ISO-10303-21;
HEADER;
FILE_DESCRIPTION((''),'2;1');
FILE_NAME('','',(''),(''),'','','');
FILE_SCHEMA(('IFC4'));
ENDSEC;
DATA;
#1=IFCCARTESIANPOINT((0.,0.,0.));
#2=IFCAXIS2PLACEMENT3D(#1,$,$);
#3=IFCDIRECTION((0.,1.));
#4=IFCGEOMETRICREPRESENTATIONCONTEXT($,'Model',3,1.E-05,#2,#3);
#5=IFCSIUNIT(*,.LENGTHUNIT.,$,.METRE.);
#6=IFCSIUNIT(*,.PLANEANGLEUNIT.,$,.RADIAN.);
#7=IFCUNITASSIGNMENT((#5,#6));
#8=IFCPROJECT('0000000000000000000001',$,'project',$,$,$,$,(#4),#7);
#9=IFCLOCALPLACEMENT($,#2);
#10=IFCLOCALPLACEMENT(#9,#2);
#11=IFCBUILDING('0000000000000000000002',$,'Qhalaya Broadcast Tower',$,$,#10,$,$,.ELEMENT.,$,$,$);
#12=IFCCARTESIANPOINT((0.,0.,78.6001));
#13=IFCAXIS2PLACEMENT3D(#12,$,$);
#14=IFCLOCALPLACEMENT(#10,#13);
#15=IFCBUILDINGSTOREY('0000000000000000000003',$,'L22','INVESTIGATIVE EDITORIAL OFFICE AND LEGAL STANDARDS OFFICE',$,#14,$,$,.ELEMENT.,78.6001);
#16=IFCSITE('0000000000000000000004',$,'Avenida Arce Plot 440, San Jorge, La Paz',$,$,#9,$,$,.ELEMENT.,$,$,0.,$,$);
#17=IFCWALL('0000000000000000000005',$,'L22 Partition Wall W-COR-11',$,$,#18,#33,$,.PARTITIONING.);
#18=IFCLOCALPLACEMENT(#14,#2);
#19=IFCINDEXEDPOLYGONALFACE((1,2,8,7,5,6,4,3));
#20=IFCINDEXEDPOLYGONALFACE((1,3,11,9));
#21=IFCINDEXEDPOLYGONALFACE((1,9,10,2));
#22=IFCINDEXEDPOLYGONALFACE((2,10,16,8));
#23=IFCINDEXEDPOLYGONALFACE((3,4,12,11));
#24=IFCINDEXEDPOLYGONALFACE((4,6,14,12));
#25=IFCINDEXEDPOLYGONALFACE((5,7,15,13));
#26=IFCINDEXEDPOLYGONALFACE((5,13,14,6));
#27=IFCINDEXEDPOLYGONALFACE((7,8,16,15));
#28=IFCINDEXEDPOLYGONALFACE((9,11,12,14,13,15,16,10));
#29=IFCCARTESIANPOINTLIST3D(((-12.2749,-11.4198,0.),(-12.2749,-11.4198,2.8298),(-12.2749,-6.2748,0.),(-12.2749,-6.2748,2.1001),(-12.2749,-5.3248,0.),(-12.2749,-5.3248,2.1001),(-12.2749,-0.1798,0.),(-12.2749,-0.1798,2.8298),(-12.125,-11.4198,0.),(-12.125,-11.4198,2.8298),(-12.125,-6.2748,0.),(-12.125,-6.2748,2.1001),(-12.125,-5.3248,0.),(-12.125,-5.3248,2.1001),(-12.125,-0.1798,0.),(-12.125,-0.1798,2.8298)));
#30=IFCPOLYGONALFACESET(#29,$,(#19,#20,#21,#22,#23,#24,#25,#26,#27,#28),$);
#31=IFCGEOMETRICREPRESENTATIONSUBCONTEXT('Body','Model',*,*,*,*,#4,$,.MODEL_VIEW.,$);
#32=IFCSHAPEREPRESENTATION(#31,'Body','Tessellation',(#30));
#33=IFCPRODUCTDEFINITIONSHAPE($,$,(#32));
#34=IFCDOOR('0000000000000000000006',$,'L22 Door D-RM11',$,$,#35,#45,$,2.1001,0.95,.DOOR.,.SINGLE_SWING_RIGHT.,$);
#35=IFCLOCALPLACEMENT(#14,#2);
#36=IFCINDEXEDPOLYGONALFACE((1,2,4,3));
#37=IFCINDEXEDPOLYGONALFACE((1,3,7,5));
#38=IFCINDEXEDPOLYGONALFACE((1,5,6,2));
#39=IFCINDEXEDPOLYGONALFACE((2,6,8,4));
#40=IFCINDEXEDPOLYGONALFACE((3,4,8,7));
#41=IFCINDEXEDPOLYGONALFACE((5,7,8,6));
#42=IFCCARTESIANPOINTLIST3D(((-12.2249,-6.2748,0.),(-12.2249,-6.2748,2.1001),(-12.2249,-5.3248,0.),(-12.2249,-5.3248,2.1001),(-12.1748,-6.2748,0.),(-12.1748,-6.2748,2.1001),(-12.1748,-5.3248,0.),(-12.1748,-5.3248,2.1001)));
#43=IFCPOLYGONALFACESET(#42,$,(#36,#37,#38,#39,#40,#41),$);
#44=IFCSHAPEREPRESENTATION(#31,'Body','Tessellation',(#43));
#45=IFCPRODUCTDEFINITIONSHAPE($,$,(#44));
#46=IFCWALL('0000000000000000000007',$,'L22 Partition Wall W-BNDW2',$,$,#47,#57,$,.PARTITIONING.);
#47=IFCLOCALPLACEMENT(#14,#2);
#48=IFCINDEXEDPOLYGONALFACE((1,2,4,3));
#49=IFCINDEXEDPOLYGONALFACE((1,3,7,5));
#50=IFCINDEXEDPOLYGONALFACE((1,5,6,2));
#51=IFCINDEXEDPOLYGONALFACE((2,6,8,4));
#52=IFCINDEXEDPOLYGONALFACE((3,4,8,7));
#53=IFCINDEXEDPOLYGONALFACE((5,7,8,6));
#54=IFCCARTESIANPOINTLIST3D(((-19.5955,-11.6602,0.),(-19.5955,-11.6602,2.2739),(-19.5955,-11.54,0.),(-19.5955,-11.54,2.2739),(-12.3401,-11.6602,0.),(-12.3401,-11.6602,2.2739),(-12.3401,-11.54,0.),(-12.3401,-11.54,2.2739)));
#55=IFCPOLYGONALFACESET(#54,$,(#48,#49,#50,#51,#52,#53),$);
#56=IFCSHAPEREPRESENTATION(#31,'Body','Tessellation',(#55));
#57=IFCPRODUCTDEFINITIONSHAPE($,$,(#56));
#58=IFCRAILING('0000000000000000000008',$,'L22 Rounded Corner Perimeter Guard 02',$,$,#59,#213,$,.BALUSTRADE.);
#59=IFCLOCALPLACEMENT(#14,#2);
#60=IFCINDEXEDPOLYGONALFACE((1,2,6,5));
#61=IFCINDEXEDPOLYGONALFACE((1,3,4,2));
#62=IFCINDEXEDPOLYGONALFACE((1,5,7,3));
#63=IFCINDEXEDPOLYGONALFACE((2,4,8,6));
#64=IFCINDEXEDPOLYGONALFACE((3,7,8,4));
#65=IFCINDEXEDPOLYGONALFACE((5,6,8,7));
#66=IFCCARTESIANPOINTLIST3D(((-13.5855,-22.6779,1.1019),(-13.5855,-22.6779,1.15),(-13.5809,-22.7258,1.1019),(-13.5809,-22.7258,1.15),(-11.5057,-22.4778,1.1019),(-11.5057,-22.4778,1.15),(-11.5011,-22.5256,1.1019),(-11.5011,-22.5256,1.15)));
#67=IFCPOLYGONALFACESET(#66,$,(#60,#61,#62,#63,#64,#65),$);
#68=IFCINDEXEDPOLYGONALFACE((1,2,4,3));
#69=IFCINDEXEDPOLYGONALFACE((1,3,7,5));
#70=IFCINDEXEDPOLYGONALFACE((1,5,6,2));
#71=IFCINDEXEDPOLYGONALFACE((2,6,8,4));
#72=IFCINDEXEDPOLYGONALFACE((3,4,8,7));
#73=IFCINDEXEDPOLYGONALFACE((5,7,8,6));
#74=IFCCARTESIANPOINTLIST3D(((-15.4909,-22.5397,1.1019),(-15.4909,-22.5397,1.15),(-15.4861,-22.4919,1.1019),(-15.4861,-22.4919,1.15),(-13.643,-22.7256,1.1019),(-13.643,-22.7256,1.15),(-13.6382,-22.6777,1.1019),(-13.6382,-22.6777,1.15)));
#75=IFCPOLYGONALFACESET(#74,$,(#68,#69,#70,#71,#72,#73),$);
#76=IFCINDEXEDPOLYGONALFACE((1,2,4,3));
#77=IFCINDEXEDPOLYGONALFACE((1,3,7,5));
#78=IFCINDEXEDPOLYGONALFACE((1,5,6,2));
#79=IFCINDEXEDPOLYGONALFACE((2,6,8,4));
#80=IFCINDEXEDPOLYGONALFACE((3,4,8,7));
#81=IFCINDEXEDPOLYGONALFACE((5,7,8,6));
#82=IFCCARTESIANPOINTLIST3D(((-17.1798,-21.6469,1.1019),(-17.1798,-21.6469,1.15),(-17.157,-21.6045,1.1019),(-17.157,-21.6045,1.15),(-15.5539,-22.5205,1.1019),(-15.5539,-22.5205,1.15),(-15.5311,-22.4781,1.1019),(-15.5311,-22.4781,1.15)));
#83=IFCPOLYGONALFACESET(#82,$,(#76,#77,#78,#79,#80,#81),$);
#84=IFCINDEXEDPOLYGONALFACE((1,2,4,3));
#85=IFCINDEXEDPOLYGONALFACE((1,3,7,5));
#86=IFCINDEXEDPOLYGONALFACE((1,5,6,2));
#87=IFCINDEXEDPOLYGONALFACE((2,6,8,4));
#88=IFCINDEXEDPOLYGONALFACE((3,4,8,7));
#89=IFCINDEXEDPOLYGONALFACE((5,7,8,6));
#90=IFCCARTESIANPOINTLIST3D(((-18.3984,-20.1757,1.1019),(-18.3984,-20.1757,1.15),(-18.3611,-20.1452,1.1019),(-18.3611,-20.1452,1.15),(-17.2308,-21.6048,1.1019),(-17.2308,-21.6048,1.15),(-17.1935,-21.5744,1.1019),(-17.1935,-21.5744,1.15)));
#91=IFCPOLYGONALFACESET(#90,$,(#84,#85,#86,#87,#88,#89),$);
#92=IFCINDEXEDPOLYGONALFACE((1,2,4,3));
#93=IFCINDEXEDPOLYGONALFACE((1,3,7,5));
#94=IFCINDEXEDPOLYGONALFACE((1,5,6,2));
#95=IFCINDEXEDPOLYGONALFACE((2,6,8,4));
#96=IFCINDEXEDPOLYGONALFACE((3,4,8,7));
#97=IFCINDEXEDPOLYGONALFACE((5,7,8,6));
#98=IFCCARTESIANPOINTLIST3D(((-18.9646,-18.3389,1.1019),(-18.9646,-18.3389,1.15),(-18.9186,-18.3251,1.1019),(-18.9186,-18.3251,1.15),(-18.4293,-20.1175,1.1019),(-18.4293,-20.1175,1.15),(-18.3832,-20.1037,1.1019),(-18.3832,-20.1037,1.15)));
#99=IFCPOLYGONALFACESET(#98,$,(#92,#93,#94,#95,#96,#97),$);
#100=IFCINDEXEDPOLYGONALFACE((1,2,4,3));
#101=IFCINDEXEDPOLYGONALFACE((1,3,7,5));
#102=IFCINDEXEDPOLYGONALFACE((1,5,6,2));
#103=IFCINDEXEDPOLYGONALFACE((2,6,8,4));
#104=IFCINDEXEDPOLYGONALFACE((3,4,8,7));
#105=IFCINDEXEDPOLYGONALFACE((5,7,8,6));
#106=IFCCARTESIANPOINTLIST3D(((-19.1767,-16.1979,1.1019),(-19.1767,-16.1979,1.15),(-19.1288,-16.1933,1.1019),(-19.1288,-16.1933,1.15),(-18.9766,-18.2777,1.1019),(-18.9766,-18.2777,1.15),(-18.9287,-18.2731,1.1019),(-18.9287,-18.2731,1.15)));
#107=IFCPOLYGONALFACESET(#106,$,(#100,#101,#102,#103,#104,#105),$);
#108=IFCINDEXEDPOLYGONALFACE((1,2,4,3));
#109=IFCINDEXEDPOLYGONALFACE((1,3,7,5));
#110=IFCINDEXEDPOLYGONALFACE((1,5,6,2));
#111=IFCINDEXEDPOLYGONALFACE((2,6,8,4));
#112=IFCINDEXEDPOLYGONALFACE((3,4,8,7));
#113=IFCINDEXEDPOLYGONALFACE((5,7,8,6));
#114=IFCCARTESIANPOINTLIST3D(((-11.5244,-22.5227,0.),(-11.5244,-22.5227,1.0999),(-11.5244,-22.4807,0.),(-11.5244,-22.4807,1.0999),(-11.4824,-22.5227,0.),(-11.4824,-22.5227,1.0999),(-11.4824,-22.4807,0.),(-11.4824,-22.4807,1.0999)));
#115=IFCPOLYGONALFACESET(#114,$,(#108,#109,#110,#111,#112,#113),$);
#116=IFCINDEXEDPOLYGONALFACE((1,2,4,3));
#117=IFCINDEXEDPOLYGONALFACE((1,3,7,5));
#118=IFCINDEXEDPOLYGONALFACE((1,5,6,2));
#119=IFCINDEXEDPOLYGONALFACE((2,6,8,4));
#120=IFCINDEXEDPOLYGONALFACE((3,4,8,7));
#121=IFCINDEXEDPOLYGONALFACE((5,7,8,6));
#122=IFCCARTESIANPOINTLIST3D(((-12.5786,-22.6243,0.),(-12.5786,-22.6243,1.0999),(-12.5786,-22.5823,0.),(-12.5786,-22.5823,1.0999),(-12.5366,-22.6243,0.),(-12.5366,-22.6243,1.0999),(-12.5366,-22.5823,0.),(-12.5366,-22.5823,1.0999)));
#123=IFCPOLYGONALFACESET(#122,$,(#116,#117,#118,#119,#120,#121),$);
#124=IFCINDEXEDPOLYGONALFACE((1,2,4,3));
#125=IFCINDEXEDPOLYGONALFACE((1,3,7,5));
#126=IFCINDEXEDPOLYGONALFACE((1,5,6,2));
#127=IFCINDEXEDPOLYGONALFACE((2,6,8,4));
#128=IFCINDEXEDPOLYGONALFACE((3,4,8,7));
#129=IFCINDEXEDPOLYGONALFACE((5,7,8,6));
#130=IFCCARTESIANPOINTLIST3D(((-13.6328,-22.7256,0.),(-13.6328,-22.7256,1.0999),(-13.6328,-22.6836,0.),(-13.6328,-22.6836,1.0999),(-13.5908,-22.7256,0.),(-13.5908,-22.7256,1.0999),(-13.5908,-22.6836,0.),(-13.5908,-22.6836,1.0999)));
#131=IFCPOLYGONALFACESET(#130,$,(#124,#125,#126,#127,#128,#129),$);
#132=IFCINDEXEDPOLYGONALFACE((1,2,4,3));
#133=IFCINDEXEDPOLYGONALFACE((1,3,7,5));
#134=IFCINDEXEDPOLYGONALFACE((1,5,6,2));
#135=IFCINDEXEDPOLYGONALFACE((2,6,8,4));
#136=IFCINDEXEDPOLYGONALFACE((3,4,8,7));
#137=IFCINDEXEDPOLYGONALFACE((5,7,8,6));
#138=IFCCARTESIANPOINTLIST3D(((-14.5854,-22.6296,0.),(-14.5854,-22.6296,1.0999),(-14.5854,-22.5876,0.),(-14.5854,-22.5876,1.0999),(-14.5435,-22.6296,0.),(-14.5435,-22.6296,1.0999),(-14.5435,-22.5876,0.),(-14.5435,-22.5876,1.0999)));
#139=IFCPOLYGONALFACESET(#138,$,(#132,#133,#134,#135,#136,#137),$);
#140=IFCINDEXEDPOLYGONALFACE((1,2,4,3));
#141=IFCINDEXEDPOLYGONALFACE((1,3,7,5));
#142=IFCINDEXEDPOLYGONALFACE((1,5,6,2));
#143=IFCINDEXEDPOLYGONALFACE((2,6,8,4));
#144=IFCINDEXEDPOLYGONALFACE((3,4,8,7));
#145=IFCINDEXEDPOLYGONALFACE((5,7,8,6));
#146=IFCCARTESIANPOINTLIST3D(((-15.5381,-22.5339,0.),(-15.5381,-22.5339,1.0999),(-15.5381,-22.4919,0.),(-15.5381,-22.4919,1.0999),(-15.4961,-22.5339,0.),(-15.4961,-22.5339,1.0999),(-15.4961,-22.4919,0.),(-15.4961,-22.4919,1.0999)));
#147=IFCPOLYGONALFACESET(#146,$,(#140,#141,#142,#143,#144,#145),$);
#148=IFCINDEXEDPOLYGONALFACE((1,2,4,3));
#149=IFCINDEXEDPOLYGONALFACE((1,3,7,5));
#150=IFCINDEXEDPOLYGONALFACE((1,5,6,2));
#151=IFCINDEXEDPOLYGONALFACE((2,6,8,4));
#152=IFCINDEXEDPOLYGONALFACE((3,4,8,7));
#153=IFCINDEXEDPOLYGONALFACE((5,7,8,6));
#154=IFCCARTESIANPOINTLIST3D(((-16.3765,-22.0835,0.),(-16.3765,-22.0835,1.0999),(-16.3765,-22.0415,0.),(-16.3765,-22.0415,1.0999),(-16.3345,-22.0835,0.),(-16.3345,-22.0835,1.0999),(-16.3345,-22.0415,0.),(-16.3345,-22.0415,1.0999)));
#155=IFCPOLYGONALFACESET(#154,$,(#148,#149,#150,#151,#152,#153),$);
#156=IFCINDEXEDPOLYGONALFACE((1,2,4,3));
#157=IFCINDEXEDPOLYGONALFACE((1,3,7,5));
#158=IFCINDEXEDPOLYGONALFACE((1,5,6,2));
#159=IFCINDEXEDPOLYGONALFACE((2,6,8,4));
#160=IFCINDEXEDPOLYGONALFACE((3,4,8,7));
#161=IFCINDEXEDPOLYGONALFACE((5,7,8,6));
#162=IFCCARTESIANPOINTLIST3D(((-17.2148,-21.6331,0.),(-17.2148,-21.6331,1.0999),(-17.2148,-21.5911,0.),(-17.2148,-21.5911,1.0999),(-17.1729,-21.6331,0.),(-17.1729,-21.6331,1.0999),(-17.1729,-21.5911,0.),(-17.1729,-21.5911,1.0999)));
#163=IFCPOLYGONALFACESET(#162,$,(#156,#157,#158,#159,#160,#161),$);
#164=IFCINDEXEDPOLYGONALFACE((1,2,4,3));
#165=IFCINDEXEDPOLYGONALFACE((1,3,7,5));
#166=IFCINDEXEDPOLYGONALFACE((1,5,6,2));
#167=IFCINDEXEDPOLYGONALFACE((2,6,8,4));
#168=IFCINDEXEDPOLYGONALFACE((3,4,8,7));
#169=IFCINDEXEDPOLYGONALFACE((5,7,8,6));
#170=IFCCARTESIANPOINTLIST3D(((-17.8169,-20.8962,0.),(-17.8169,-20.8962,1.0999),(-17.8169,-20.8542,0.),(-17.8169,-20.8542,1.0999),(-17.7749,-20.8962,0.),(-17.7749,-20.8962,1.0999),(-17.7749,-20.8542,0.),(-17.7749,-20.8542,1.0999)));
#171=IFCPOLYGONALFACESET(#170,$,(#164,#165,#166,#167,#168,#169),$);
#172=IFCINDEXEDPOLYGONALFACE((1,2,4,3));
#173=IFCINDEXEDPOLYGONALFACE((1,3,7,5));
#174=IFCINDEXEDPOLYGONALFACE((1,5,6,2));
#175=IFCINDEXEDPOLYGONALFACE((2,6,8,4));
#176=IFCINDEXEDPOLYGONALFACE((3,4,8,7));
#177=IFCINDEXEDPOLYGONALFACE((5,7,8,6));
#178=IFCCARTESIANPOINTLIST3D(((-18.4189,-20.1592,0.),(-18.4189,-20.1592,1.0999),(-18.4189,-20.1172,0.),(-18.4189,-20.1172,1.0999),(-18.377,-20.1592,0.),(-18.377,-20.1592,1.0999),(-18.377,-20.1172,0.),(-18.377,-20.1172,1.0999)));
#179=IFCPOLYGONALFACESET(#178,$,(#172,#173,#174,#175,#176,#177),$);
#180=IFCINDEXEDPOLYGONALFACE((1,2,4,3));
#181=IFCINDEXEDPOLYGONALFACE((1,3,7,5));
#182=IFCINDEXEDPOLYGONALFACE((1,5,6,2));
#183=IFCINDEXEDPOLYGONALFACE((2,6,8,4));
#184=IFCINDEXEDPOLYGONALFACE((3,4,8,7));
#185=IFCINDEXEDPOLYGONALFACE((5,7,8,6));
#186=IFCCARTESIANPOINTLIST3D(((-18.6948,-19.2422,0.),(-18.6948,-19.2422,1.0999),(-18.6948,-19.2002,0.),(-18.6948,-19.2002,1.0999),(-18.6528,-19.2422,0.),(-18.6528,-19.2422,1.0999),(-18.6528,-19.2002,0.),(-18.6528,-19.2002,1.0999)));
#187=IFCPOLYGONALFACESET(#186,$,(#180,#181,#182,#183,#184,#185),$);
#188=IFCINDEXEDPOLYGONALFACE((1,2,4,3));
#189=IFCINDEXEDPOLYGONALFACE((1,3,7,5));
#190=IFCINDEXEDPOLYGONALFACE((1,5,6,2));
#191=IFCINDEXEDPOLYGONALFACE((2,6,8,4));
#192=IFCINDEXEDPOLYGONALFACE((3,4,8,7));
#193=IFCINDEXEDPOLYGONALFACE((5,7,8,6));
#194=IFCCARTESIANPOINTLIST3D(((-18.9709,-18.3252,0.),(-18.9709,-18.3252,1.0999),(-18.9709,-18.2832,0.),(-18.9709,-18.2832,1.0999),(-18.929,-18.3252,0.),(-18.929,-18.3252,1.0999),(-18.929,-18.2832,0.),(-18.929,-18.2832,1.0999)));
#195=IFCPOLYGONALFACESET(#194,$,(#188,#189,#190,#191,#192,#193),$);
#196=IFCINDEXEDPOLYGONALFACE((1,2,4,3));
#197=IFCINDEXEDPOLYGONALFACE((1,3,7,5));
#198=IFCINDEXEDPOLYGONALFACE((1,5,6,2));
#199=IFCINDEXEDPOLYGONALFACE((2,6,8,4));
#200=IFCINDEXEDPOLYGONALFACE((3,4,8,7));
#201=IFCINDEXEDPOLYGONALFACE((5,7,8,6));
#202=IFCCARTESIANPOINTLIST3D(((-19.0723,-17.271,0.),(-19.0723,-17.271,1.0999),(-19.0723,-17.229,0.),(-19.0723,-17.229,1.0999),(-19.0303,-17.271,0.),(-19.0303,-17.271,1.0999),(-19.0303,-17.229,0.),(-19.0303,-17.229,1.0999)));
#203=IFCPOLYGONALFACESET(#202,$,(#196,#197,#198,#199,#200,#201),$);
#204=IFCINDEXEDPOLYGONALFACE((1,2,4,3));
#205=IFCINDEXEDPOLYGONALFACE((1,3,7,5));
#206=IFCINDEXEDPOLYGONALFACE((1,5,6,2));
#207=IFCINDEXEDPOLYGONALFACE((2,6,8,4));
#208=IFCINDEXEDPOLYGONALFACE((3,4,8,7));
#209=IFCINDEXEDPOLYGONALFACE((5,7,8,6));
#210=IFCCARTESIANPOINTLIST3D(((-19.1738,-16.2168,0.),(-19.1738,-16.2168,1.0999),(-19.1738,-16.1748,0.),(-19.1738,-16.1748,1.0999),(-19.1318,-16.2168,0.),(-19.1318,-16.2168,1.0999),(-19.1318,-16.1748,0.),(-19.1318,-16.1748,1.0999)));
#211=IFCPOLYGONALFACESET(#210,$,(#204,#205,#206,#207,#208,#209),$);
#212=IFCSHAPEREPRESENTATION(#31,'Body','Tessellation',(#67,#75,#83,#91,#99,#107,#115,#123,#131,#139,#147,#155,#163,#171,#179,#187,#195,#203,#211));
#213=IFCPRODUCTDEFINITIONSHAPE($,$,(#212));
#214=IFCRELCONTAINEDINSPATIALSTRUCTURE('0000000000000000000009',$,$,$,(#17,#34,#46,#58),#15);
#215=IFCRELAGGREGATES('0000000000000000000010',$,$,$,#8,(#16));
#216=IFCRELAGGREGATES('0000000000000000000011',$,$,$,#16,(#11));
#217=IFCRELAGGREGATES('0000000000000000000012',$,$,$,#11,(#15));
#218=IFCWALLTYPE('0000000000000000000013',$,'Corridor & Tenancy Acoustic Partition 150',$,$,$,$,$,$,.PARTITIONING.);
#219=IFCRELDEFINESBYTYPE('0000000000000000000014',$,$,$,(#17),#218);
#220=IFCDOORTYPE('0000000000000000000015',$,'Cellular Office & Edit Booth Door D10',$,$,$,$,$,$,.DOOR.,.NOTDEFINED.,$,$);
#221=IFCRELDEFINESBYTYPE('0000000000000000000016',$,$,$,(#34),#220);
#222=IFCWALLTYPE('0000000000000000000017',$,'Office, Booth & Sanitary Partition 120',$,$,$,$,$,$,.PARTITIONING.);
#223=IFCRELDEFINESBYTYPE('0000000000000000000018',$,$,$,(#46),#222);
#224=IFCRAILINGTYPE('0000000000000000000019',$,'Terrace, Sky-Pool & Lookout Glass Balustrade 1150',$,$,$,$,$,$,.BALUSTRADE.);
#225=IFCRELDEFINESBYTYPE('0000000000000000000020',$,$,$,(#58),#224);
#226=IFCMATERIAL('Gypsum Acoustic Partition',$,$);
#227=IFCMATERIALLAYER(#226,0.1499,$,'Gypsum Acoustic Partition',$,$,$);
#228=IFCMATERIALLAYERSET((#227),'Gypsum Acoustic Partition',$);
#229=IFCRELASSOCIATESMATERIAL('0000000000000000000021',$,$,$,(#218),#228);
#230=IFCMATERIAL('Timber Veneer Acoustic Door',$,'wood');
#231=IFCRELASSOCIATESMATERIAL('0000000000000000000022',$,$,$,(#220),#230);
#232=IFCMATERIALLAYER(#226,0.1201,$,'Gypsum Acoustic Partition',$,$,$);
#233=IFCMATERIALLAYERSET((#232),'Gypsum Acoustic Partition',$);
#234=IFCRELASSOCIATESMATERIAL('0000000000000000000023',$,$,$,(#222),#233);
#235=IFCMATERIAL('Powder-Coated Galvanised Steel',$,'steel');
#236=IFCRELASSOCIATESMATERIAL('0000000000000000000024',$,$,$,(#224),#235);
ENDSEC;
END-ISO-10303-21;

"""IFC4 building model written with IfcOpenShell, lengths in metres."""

from ifc_helpers import new_model, si_unit, direction, frame, frame_2d, origin, origin_2d, place, context, subcontext, project, spatial, rectangle, extrude, material, layer, layer_set, type_object, element, fill, save


model = new_model("IFC4")

# Units and contexts
model_context = context("Model", 3, precision=1e-05, world=origin(), true_north=direction((0.0, 1.0)))
body_context = subcontext(model_context, "Body", "Model", "MODEL_VIEW")
ifc_project = project(units=[si_unit("LENGTHUNIT", "METRE"), si_unit("PLANEANGLEUNIT", "RADIAN")], contexts=[model_context])

# Site, building, storey
site_placement = place(None, origin())
site = spatial("IfcSite", under=ifc_project, at=site_placement, Name="Avenida Arce Plot 440, San Jorge, La Paz", CompositionType="ELEMENT", RefElevation=0.0)
building_placement = place(site_placement, origin())
building = spatial("IfcBuilding", under=site, at=building_placement, Name="Qhalaya Broadcast Tower", CompositionType="ELEMENT")
storey_placement = place(building_placement, frame((0.0, 0.0, 78.6001)))
storey = spatial("IfcBuildingStorey", under=building, at=storey_placement, Name="L22", Description="INVESTIGATIVE EDITORIAL OFFICE AND LEGAL STANDARDS OFFICE", CompositionType="ELEMENT", Elevation=78.6001)

# Wall, opening, door
ifc_material_1 = material(Name="Gypsum Acoustic Partition")
ifc_layer_1 = layer(ifc_material_1, 0.1499, Name="Gypsum Acoustic Partition")
ifc_layer_set_1 = layer_set([ifc_layer_1], Name="Gypsum Acoustic Partition")
wall_type_1 = type_object("IfcWallType", Name="Corridor & Tenancy Acoustic Partition 150", PredefinedType="PARTITIONING", material=ifc_layer_set_1)
ifc_material_2 = material(Name="Timber Veneer Acoustic Door", Category="wood")
door_type = type_object("IfcDoorType", Name="Cellular Office & Edit Booth Door D10", OperationType="NOTDEFINED", PredefinedType="DOOR", material=ifc_material_2)
wall_1_placement = place(storey_placement, frame((-12.2, -11.4199, 0.0), z_axis=(0.0, 0.0, 1.0), x_axis=(0.0, 1.0, 0.0)))
wall_1 = element("IfcWall", 1, at=wall_1_placement, inside=storey, type_object=wall_type_1, Name="L22 Partition Wall W-COR-11", PredefinedType="PARTITIONING", context=body_context, shape_type="SweptSolid", body=[
    extrude(rectangle(XDim=11.24, YDim=0.1499, at=frame_2d((5.6201, 0.0))), origin(), (0.0, 0.0, 1.0), 2.8298),
])
opening_1_placement = place(wall_1_placement, frame((5.145, 0.0, 0.0)))
opening_1 = element("IfcOpeningElement", 2, at=opening_1_placement, cuts=wall_1, PredefinedType="OPENING", context=body_context, shape_type="SweptSolid", body=[
    extrude(rectangle(XDim=0.95, YDim=2.1001, at=frame_2d((0.4751, 1.05))), frame((0.0, 0.0869, 0.0), z_axis=(0.0, -1.0, 0.0), x_axis=(1.0, 0.0, 0.0)), (0.0, 0.0, 1.0), 0.1738),
])
door_1_placement = place(opening_1_placement, origin())
door_1 = element("IfcDoor", 3, at=door_1_placement, inside=storey, type_object=door_type, Name="L22 Door D-RM11", OperationType="SINGLE_SWING_RIGHT", OverallHeight=2.1001, OverallWidth=0.95, PredefinedType="DOOR", context=body_context, shape_type="SweptSolid", body=[
    extrude(rectangle(XDim=0.95, YDim=2.1001, at=frame_2d((0.4751, 1.05))), frame((0.0, 0.0249, 0.0), z_axis=(0.0, -1.0, 0.0), x_axis=(1.0, 0.0, 0.0)), (0.0, 0.0, 1.0), 0.05),
])
fill(opening_1, door_1)

# Wall
ifc_layer_2 = layer(ifc_material_1, 0.1201, Name="Gypsum Acoustic Partition")
ifc_layer_set_2 = layer_set([ifc_layer_2], Name="Gypsum Acoustic Partition")
wall_type_2 = type_object("IfcWallType", Name="Office, Booth & Sanitary Partition 120", PredefinedType="PARTITIONING", material=ifc_layer_set_2)
wall_2_placement = place(storey_placement, frame((-19.5955, -11.6001, 0.0), z_axis=(0.0, 0.0, 1.0), x_axis=(1.0, 0.0, 0.0)))
element("IfcWall", 4, at=wall_2_placement, inside=storey, type_object=wall_type_2, Name="L22 Partition Wall W-BNDW2", PredefinedType="PARTITIONING", context=body_context, shape_type="SweptSolid", body=[
    extrude(rectangle(XDim=7.2554, YDim=0.1201, at=frame_2d((3.6277, 0.0))), origin(), (0.0, 0.0, 1.0), 2.2739),
])

# Railing
ifc_material_3 = material(Name="Powder-Coated Galvanised Steel", Category="steel")
railing_type = type_object("IfcRailingType", Name="Terrace, Sky-Pool & Lookout Glass Balustrade 1150", PredefinedType="BALUSTRADE", material=ifc_material_3)
railing_placement = place(storey_placement, frame((-11.5034, -22.5017, 0.0)))
element("IfcRailing", 5, at=railing_placement, inside=storey, type_object=railing_type, Name="L22 Rounded Corner Perimeter Guard 02", PredefinedType="BALUSTRADE", context=body_context, shape_type="SweptSolid", body=[
    extrude(rectangle(XDim=0.0481, YDim=0.0481, at=origin_2d()), frame((0.0, 0.0, 1.126), z_axis=(-0.995402, -0.095783, 0.0), x_axis=(0.095783, -0.995402, 0.0)), (0.0, 0.0, 1.0), 2.0894),
    extrude(rectangle(XDim=0.0481, YDim=0.0481, at=origin_2d()), frame((-2.1372, -0.2, 1.126), z_axis=(-0.994979, 0.100084, 0.0), x_axis=(-0.100084, -0.994979, 0.0)), (0.0, 0.0, 1.0), 1.8572),
    extrude(rectangle(XDim=0.0481, YDim=0.0481, at=origin_2d()), frame((-4.0391, 0.0024, 1.126), z_axis=(-0.880907, 0.473289, 0.0), x_axis=(-0.473289, -0.880907, 0.0)), (0.0, 0.0, 1.0), 1.8457),
    extrude(rectangle(XDim=0.0481, YDim=0.0481, at=origin_2d()), frame((-5.7087, 0.9121, 1.126), z_axis=(-0.632672, 0.77442, 0.0), x_axis=(-0.77442, -0.632672, 0.0)), (0.0, 0.0, 1.0), 1.8455),
    extrude(rectangle(XDim=0.0481, YDim=0.0481, at=origin_2d()), frame((-6.9028, 2.3911, 1.126), z_axis=(-0.288213, 0.957566, 0.0), x_axis=(-0.957566, -0.288213, 0.0)), (0.0, 0.0, 1.0), 1.8574),
    extrude(rectangle(XDim=0.0481, YDim=0.0481, at=origin_2d()), frame((-7.4492, 4.2263, 1.126), z_axis=(-0.095783, 0.995402, 0.0), x_axis=(-0.995402, -0.095783, 0.0)), (0.0, 0.0, 1.0), 2.0894),
    extrude(rectangle(XDim=0.042, YDim=0.042, at=origin_2d()), origin(), (0.0, 0.0, 1.0), 1.0999),
    extrude(rectangle(XDim=0.042, YDim=0.042, at=origin_2d()), frame((-1.0542, -0.1016, 0.0)), (0.0, 0.0, 1.0), 1.0999),
    extrude(rectangle(XDim=0.042, YDim=0.042, at=origin_2d()), frame((-2.1084, -0.2029, 0.0)), (0.0, 0.0, 1.0), 1.0999),
    extrude(rectangle(XDim=0.042, YDim=0.042, at=origin_2d()), frame((-3.061, -0.1069, 0.0)), (0.0, 0.0, 1.0), 1.0999),
    extrude(rectangle(XDim=0.042, YDim=0.042, at=origin_2d()), frame((-4.0137, -0.0112, 0.0)), (0.0, 0.0, 1.0), 1.0999),
    extrude(rectangle(XDim=0.042, YDim=0.042, at=origin_2d()), frame((-4.8521, 0.4392, 0.0)), (0.0, 0.0, 1.0), 1.0999),
    extrude(rectangle(XDim=0.042, YDim=0.042, at=origin_2d()), frame((-5.6904, 0.8896, 0.0)), (0.0, 0.0, 1.0), 1.0999),
    extrude(rectangle(XDim=0.042, YDim=0.042, at=origin_2d()), frame((-6.2925, 1.6265, 0.0)), (0.0, 0.0, 1.0), 1.0999),
    extrude(rectangle(XDim=0.042, YDim=0.042, at=origin_2d()), frame((-6.8945, 2.3635, 0.0)), (0.0, 0.0, 1.0), 1.0999),
    extrude(rectangle(XDim=0.042, YDim=0.042, at=origin_2d()), frame((-7.1704, 3.2805, 0.0)), (0.0, 0.0, 1.0), 1.0999),
    extrude(rectangle(XDim=0.042, YDim=0.042, at=origin_2d()), frame((-7.4465, 4.1975, 0.0)), (0.0, 0.0, 1.0), 1.0999),
    extrude(rectangle(XDim=0.042, YDim=0.042, at=origin_2d()), frame((-7.5479, 5.2517, 0.0)), (0.0, 0.0, 1.0), 1.0999),
    extrude(rectangle(XDim=0.042, YDim=0.042, at=origin_2d()), frame((-7.6494, 6.3059, 0.0)), (0.0, 0.0, 1.0), 1.0999),
])

save(model, "model.ifc")
